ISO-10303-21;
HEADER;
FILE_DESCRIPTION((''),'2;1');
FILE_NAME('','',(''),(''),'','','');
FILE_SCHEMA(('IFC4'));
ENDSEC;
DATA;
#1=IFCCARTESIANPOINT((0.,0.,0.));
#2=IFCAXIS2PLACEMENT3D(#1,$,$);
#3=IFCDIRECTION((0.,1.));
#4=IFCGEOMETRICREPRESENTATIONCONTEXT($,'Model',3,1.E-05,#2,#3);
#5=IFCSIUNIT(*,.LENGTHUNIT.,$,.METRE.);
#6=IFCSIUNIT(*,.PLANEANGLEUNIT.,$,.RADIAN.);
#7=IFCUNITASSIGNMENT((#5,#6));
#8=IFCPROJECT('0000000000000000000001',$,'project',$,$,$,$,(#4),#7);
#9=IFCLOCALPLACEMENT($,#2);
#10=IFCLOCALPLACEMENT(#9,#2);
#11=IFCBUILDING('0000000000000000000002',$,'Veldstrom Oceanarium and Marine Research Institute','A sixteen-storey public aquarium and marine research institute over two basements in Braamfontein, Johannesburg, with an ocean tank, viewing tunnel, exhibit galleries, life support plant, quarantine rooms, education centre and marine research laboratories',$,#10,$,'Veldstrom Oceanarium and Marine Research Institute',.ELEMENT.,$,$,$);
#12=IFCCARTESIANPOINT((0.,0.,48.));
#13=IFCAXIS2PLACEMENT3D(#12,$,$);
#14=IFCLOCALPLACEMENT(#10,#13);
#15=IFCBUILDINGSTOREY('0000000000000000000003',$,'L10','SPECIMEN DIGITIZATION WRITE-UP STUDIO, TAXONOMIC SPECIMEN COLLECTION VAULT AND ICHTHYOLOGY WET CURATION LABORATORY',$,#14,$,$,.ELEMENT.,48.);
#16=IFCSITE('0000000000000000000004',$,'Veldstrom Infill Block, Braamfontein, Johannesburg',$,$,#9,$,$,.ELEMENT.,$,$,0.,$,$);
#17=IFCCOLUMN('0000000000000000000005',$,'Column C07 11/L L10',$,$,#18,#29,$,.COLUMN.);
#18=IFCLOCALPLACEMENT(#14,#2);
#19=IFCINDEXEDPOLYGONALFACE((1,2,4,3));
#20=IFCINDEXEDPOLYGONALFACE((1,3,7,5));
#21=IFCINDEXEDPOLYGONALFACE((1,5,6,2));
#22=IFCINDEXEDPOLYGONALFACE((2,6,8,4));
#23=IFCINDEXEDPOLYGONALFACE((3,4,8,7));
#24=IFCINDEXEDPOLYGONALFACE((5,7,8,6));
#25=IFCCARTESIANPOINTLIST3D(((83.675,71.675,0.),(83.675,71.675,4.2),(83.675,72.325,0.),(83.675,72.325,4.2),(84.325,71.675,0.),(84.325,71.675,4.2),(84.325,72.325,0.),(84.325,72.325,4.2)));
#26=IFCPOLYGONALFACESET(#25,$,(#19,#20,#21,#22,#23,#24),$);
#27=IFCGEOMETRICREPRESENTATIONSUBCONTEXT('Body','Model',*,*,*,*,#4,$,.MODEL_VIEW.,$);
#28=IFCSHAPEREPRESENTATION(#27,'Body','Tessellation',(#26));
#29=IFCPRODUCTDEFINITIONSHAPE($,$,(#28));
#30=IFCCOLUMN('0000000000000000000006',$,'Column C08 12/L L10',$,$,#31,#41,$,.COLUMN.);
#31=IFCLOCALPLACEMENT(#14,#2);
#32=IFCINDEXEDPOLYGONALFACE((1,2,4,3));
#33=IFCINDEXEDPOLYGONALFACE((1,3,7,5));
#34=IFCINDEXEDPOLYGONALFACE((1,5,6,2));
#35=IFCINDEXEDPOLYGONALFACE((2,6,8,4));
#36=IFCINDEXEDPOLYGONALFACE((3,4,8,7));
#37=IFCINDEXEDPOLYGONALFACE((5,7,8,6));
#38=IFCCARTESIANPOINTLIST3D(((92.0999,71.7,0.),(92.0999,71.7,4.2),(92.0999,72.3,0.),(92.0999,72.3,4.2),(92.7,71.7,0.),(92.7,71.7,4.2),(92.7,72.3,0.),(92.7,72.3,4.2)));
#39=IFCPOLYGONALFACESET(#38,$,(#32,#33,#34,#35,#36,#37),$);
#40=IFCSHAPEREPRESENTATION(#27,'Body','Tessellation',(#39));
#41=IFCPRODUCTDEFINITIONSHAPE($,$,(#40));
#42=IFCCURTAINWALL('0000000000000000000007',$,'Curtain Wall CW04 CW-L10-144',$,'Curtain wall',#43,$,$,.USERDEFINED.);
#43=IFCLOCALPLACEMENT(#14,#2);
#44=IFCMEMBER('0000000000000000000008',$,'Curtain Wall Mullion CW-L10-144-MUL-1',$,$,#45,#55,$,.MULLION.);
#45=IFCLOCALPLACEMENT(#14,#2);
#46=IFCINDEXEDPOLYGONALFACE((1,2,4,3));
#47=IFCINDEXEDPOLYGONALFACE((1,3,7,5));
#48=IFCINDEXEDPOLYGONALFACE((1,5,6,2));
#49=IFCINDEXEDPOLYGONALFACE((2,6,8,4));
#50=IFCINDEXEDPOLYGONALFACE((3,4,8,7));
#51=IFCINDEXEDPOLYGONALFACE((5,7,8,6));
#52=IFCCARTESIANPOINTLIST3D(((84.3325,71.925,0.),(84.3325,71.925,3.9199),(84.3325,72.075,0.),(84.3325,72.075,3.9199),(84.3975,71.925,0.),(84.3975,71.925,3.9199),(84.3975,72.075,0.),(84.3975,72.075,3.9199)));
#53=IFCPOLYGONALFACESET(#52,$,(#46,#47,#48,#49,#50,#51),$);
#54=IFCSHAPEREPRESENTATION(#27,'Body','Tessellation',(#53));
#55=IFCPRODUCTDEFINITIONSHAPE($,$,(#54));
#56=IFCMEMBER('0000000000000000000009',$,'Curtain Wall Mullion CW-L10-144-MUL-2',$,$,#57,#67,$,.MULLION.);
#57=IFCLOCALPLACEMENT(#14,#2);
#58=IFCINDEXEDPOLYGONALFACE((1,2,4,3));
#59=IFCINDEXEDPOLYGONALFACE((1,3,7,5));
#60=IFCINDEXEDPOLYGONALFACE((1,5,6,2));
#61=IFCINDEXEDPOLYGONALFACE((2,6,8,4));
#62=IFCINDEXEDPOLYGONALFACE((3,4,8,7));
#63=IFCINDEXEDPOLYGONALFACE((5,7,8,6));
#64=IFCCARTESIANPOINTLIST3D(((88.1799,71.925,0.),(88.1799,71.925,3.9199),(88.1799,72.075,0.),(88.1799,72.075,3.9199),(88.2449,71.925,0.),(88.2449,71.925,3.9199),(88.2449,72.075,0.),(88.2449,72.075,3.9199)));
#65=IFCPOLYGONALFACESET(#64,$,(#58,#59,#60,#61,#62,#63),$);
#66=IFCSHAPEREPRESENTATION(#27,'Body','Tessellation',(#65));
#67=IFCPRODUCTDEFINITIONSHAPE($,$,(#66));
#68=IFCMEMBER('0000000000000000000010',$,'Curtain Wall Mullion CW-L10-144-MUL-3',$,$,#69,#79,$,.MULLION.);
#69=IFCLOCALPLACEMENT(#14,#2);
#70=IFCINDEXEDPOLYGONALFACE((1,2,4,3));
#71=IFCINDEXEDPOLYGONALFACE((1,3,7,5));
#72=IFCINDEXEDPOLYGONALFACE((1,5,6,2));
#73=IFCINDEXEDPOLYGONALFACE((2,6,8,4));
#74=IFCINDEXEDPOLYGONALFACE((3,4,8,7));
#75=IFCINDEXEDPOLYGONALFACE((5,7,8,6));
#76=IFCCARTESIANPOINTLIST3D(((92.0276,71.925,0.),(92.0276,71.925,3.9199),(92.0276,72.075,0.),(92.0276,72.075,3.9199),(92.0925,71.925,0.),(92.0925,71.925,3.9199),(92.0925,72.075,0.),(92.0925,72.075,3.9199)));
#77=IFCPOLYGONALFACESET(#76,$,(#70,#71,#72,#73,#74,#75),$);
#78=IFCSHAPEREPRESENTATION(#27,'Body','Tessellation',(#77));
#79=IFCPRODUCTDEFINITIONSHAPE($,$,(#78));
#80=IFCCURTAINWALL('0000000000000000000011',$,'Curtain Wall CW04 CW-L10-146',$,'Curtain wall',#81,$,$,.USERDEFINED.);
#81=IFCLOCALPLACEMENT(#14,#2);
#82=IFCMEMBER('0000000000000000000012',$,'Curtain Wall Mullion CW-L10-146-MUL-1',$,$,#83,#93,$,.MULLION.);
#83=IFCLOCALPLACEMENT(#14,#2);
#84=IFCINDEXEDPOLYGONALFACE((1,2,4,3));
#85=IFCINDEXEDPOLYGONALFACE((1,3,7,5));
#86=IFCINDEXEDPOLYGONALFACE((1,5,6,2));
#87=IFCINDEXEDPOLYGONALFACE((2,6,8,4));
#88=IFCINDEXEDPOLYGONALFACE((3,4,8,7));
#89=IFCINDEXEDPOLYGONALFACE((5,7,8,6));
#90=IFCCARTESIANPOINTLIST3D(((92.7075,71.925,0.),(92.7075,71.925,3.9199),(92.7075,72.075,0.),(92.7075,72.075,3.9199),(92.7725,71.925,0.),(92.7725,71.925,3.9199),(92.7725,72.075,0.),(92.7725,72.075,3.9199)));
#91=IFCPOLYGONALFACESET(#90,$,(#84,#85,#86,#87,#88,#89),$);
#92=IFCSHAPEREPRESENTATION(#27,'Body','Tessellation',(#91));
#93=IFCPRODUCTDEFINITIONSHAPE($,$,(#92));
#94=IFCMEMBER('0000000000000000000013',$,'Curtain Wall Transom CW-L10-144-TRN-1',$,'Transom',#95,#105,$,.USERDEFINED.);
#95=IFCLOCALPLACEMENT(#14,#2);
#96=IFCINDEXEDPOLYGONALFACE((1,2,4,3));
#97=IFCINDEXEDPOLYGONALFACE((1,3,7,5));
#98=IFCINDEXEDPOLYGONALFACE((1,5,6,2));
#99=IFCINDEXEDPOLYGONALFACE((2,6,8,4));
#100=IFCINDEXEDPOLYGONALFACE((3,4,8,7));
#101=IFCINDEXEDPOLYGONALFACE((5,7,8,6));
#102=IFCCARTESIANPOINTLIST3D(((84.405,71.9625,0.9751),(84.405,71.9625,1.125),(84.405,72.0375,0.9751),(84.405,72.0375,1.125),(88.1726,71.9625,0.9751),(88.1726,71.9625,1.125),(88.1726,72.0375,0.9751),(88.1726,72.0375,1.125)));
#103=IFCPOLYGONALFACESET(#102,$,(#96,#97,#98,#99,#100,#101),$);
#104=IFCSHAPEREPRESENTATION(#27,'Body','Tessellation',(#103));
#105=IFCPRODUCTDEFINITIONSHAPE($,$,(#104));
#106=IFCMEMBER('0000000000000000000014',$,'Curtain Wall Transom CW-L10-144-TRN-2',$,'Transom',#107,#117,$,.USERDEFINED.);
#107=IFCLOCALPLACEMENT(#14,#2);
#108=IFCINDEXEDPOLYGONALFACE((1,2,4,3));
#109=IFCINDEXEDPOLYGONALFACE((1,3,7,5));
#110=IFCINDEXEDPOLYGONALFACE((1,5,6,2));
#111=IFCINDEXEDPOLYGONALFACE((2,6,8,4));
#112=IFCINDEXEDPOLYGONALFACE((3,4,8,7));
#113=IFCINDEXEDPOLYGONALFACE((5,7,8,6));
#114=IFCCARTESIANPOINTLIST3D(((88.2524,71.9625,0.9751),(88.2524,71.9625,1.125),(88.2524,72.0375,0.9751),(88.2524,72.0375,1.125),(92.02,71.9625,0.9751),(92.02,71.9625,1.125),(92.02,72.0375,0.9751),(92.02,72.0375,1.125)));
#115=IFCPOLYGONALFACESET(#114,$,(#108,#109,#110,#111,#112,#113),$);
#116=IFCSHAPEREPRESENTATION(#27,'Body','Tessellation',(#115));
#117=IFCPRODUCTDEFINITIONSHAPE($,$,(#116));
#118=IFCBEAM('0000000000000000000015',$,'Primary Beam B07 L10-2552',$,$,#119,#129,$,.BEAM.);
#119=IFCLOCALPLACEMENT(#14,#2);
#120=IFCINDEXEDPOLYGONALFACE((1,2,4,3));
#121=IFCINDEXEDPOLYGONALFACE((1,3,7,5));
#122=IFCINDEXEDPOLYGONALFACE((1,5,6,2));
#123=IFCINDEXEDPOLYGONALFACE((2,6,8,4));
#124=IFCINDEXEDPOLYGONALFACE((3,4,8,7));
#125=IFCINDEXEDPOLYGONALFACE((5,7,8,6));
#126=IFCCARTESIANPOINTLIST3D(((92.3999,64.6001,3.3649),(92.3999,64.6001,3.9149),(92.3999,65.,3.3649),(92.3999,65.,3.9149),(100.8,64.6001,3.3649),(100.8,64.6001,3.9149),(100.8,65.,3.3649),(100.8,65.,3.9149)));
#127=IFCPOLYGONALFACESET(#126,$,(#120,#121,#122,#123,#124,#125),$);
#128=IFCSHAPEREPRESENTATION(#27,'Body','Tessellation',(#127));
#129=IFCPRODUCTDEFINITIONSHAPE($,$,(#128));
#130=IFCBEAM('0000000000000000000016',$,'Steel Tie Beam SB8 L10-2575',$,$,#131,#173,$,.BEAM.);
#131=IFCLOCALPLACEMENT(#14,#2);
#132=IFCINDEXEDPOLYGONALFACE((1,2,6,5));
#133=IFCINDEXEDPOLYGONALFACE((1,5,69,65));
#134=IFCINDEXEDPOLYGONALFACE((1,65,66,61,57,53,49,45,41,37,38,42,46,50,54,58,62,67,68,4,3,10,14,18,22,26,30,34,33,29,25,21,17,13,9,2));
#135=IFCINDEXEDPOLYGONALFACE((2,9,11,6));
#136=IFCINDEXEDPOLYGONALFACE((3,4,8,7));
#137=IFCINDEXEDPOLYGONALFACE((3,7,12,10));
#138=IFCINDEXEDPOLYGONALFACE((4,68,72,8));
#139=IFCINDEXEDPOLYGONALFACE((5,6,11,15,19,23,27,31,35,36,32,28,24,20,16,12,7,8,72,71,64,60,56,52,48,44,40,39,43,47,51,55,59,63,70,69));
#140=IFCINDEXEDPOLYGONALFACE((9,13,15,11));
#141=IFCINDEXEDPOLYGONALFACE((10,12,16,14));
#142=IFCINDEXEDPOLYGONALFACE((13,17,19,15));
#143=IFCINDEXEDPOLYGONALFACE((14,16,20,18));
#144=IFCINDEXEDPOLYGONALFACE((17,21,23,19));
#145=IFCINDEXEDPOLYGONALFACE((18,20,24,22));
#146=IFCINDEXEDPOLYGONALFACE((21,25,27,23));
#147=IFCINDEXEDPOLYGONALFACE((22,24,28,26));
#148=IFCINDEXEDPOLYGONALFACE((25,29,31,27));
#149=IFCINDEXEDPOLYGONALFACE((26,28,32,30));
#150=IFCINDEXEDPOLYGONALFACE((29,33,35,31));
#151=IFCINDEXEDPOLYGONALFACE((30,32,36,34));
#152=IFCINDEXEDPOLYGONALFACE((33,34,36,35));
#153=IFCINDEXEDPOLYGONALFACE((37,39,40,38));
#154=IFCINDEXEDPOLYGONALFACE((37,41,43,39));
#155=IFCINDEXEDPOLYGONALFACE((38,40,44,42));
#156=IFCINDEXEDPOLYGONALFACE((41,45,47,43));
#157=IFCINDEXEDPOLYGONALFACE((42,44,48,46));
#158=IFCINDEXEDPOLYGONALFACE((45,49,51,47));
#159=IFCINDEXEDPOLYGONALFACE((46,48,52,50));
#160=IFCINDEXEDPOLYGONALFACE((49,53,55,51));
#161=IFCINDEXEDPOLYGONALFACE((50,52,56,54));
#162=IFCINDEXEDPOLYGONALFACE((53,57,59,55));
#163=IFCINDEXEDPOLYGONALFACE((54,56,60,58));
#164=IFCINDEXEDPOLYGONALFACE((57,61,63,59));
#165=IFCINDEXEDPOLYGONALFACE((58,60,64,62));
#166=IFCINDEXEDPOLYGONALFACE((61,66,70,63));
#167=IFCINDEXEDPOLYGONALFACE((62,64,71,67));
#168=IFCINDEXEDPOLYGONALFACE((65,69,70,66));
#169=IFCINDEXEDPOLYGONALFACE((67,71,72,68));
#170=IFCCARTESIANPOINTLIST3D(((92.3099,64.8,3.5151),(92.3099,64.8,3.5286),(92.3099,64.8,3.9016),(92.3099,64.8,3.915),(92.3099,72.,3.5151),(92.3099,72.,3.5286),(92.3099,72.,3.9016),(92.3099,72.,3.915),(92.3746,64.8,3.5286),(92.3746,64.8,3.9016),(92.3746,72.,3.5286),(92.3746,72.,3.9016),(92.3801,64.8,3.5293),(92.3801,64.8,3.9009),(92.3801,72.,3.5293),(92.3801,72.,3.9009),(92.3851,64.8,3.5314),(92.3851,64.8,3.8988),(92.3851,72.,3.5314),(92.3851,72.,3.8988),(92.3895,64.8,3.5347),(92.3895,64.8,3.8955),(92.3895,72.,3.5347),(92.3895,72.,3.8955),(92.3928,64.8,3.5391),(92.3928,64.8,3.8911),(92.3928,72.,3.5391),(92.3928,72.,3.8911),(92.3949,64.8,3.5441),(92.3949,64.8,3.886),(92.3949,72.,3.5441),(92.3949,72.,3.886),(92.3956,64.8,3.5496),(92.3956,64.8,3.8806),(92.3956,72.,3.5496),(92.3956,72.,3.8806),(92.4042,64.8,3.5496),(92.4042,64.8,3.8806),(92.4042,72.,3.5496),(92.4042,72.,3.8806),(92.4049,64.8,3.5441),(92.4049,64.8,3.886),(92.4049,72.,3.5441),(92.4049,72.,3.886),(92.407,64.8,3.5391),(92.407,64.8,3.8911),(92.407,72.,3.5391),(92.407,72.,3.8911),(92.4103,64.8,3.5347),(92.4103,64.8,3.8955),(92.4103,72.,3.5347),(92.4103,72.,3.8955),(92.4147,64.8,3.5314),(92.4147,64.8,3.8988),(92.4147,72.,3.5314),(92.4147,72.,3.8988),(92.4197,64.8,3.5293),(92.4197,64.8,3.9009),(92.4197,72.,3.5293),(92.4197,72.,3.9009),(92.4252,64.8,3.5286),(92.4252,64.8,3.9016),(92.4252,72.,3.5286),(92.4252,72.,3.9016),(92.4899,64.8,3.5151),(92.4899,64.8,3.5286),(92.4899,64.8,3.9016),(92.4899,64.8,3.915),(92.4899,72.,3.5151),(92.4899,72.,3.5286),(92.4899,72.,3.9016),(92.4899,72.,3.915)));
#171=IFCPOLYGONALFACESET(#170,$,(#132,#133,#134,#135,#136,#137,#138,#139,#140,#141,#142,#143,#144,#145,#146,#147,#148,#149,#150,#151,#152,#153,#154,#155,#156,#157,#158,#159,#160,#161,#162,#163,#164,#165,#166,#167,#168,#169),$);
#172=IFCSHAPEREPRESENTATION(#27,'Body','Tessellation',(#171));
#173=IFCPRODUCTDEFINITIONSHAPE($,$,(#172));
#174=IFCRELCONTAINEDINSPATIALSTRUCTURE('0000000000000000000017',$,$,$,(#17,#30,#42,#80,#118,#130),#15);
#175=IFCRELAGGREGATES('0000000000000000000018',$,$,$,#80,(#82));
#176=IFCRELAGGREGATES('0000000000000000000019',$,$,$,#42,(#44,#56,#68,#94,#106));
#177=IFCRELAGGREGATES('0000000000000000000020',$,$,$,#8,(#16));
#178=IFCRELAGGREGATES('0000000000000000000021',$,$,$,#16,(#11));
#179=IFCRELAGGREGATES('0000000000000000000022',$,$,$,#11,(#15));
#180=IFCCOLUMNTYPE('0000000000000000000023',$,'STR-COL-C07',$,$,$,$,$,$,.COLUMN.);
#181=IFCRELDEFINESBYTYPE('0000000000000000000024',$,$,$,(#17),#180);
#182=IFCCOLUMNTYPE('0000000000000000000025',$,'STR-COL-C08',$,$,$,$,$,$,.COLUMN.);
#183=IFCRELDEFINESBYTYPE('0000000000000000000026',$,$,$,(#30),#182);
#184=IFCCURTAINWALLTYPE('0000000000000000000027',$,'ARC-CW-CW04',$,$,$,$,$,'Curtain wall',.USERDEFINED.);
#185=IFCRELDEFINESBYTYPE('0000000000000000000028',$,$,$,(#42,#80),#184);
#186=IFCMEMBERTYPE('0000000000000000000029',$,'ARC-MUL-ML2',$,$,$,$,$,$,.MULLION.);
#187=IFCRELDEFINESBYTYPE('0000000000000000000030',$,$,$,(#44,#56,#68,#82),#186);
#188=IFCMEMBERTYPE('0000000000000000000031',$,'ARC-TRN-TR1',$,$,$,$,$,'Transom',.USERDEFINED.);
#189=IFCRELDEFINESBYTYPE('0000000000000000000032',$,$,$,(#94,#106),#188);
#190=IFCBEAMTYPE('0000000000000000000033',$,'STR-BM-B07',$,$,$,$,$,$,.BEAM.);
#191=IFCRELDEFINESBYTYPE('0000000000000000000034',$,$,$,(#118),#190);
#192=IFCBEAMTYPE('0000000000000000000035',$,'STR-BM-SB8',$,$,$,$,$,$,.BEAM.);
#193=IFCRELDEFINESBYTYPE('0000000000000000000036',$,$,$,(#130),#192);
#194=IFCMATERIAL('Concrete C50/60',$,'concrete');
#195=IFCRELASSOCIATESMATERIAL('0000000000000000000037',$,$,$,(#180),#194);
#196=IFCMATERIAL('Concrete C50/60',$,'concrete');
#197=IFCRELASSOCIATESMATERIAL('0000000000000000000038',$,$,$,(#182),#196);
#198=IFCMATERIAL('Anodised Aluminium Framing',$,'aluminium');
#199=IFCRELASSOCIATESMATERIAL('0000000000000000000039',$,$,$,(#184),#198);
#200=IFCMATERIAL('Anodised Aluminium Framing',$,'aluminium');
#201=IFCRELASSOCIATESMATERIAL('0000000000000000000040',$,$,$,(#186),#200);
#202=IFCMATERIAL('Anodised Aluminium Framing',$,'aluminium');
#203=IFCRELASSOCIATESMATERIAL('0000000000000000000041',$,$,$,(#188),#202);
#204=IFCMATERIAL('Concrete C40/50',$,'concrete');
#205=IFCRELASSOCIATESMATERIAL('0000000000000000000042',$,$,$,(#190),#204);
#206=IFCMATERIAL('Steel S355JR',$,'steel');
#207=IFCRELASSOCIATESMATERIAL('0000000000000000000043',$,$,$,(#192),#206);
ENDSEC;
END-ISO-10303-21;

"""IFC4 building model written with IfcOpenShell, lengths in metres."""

from ifc_helpers import new_model, si_unit, direction, frame, origin, origin_2d, place, context, subcontext, project, spatial, rectangle, i_section, extrude, material, material_profile, profile_set, type_object, element, aggregate, save


model = new_model("IFC4")

# Units and contexts
model_context = context("Model", 3, precision=1e-05, world=origin(), true_north=direction((0.0, 1.0)))
body_context = subcontext(model_context, "Body", "Model", "MODEL_VIEW")
ifc_project = project(units=[si_unit("LENGTHUNIT", "METRE"), si_unit("PLANEANGLEUNIT", "RADIAN")], contexts=[model_context])

# Site, building, storey
site_placement = place(None, origin())
site = spatial("IfcSite", under=ifc_project, at=site_placement, Name="Veldstrom Infill Block, Braamfontein, Johannesburg", CompositionType="ELEMENT", RefElevation=0.0)
building_placement = place(site_placement, origin())
building = spatial("IfcBuilding", under=site, at=building_placement, Name="Veldstrom Oceanarium and Marine Research Institute", Description="A sixteen-storey public aquarium and marine research institute over two basements in Braamfontein, Johannesburg, with an ocean tank, viewing tunnel, exhibit galleries, life support plant, quarantine rooms, education centre and marine research laboratories", LongName="Veldstrom Oceanarium and Marine Research Institute", CompositionType="ELEMENT")
storey_placement = place(building_placement, frame((0.0, 0.0, 48.0)))
storey = spatial("IfcBuildingStorey", under=building, at=storey_placement, Name="L10", Description="SPECIMEN DIGITIZATION WRITE-UP STUDIO, TAXONOMIC SPECIMEN COLLECTION VAULT AND ICHTHYOLOGY WET CURATION LABORATORY", CompositionType="ELEMENT", Elevation=48.0)

# Columns
ifc_material_1 = material(Name="Concrete C50/60", Category="concrete")
ifc_material_profile_1 = material_profile(ifc_material_1, rectangle(XDim=0.6499, YDim=0.6499, at=origin_2d()), Name="RC-COL-650x650")
ifc_profile_set_1 = profile_set([ifc_material_profile_1], Name="Concrete C50/60")
column_type_1 = type_object("IfcColumnType", Name="STR-COL-C07", PredefinedType="COLUMN", material=ifc_profile_set_1)
column_1_placement = place(storey_placement, frame((84.0, 72.0, 0.0), z_axis=(0.0, 0.0, 1.0), x_axis=(1.0, 0.0, 0.0)))
element("IfcColumn", 1, at=column_1_placement, inside=storey, type_object=column_type_1, Name="Column C07 11/L L10", PredefinedType="COLUMN", context=body_context, shape_type="SweptSolid", body=[
    extrude(rectangle(XDim=0.6499, YDim=0.6499, at=origin_2d()), origin(), (0.0, 0.0, 1.0), 4.2),
])
ifc_material_2 = material(Name="Concrete C50/60", Category="concrete")
ifc_material_profile_2 = material_profile(ifc_material_2, rectangle(XDim=0.6001, YDim=0.6001, at=origin_2d()), Name="RC-COL-600x600")
ifc_profile_set_2 = profile_set([ifc_material_profile_2], Name="Concrete C50/60")
column_type_2 = type_object("IfcColumnType", Name="STR-COL-C08", PredefinedType="COLUMN", material=ifc_profile_set_2)
column_2_placement = place(storey_placement, frame((92.3999, 72.0, 0.0), z_axis=(0.0, 0.0, 1.0), x_axis=(1.0, 0.0, 0.0)))
element("IfcColumn", 2, at=column_2_placement, inside=storey, type_object=column_type_2, Name="Column C08 12/L L10", PredefinedType="COLUMN", context=body_context, shape_type="SweptSolid", body=[
    extrude(rectangle(XDim=0.6001, YDim=0.6001, at=origin_2d()), origin(), (0.0, 0.0, 1.0), 4.2),
])

# Curtain wall, members
ifc_material_3 = material(Name="Anodised Aluminium Framing", Category="aluminium")
curtain_wall_type = type_object("IfcCurtainWallType", Name="ARC-CW-CW04", ElementType="Curtain wall", PredefinedType="USERDEFINED", material=ifc_material_3)
curtain_wall_1_placement = place(storey_placement, origin())
curtain_wall_1 = element("IfcCurtainWall", 3, at=curtain_wall_1_placement, inside=storey, type_object=curtain_wall_type, Name="Curtain Wall CW04 CW-L10-144", ObjectType="Curtain wall", PredefinedType="USERDEFINED")
ifc_material_4 = material(Name="Anodised Aluminium Framing", Category="aluminium")
ifc_material_profile_3 = material_profile(ifc_material_4, rectangle(XDim=0.0649, YDim=0.1499, at=origin_2d()), Name="ALU-MUL-65x150")
ifc_profile_set_3 = profile_set([ifc_material_profile_3], Name="Anodised Aluminium Framing")
member_type_1 = type_object("IfcMemberType", Name="ARC-MUL-ML2", PredefinedType="MULLION", material=ifc_profile_set_3)
member_1_placement = place(storey_placement, frame((84.365, 72.0, 0.0), z_axis=(0.0, 0.0, 1.0), x_axis=(1.0, 0.0, 0.0)))
member_1 = element("IfcMember", 4, at=member_1_placement, type_object=member_type_1, Name="Curtain Wall Mullion CW-L10-144-MUL-1", PredefinedType="MULLION", context=body_context, shape_type="SweptSolid", body=[
    extrude(rectangle(XDim=0.0649, YDim=0.1499, at=origin_2d()), origin(), (0.0, 0.0, 1.0), 3.9199),
])
member_2_placement = place(storey_placement, frame((88.2124, 72.0, 0.0), z_axis=(0.0, 0.0, 1.0), x_axis=(1.0, 0.0, 0.0)))
member_2 = element("IfcMember", 5, at=member_2_placement, type_object=member_type_1, Name="Curtain Wall Mullion CW-L10-144-MUL-2", PredefinedType="MULLION", context=body_context, shape_type="SweptSolid", body=[
    extrude(rectangle(XDim=0.0649, YDim=0.1499, at=origin_2d()), origin(), (0.0, 0.0, 1.0), 3.9199),
])
member_3_placement = place(storey_placement, frame((92.0601, 72.0, 0.0), z_axis=(0.0, 0.0, 1.0), x_axis=(1.0, 0.0, 0.0)))
member_3 = element("IfcMember", 6, at=member_3_placement, type_object=member_type_1, Name="Curtain Wall Mullion CW-L10-144-MUL-3", PredefinedType="MULLION", context=body_context, shape_type="SweptSolid", body=[
    extrude(rectangle(XDim=0.0649, YDim=0.1499, at=origin_2d()), origin(), (0.0, 0.0, 1.0), 3.9199),
])

# Curtain wall, member
curtain_wall_2_placement = place(storey_placement, origin())
curtain_wall_2 = element("IfcCurtainWall", 7, at=curtain_wall_2_placement, inside=storey, type_object=curtain_wall_type, Name="Curtain Wall CW04 CW-L10-146", ObjectType="Curtain wall", PredefinedType="USERDEFINED")
member_4_placement = place(storey_placement, frame((92.74, 72.0, 0.0), z_axis=(0.0, 0.0, 1.0), x_axis=(1.0, 0.0, 0.0)))
member_4 = element("IfcMember", 8, at=member_4_placement, type_object=member_type_1, Name="Curtain Wall Mullion CW-L10-146-MUL-1", PredefinedType="MULLION", context=body_context, shape_type="SweptSolid", body=[
    extrude(rectangle(XDim=0.0649, YDim=0.1499, at=origin_2d()), origin(), (0.0, 0.0, 1.0), 3.9199),
])
aggregate(curtain_wall_2, [member_4])

# Members
ifc_material_5 = material(Name="Anodised Aluminium Framing", Category="aluminium")
ifc_material_profile_4 = material_profile(ifc_material_5, rectangle(XDim=0.075, YDim=0.1499, at=origin_2d()), Name="ALU-TRN-75x150")
ifc_profile_set_4 = profile_set([ifc_material_profile_4], Name="Anodised Aluminium Framing")
member_type_2 = type_object("IfcMemberType", Name="ARC-TRN-TR1", ElementType="Transom", PredefinedType="USERDEFINED", material=ifc_profile_set_4)
member_5_placement = place(storey_placement, frame((84.405, 72.0, 1.05), z_axis=(1.0, 0.0, 0.0), x_axis=(0.0, 1.0, 0.0)))
member_5 = element("IfcMember", 9, at=member_5_placement, type_object=member_type_2, Name="Curtain Wall Transom CW-L10-144-TRN-1", ObjectType="Transom", PredefinedType="USERDEFINED", context=body_context, shape_type="SweptSolid", body=[
    extrude(rectangle(XDim=0.075, YDim=0.1499, at=origin_2d()), origin(), (0.0, 0.0, 1.0), 3.7676),
])
member_6_placement = place(storey_placement, frame((88.2524, 72.0, 1.05), z_axis=(1.0, 0.0, 0.0), x_axis=(0.0, 1.0, 0.0)))
member_6 = element("IfcMember", 10, at=member_6_placement, type_object=member_type_2, Name="Curtain Wall Transom CW-L10-144-TRN-2", ObjectType="Transom", PredefinedType="USERDEFINED", context=body_context, shape_type="SweptSolid", body=[
    extrude(rectangle(XDim=0.075, YDim=0.1499, at=origin_2d()), origin(), (0.0, 0.0, 1.0), 3.7676),
])

# Beams
ifc_material_6 = material(Name="Concrete C40/50", Category="concrete")
ifc_material_profile_5 = material_profile(ifc_material_6, rectangle(XDim=0.3999, YDim=0.55, at=origin_2d()), Name="RC-BM-400x550")
ifc_profile_set_5 = profile_set([ifc_material_profile_5], Name="Concrete C40/50")
beam_type_1 = type_object("IfcBeamType", Name="STR-BM-B07", PredefinedType="BEAM", material=ifc_profile_set_5)
beam_1_placement = place(storey_placement, frame((92.3999, 64.8, 3.6399), z_axis=(1.0, 0.0, 0.0), x_axis=(0.0, 1.0, 0.0)))
element("IfcBeam", 11, at=beam_1_placement, inside=storey, type_object=beam_type_1, Name="Primary Beam B07 L10-2552", PredefinedType="BEAM", context=body_context, shape_type="SweptSolid", body=[
    extrude(rectangle(XDim=0.3999, YDim=0.55, at=origin_2d()), origin(), (0.0, 0.0, 1.0), 8.4001),
])
ifc_material_7 = material(Name="Steel S355JR", Category="steel")
ifc_material_profile_6 = material_profile(ifc_material_7, i_section(OverallWidth=0.1799, OverallDepth=0.3999, WebThickness=0.0085, FlangeThickness=0.0134, FilletRadius=0.021, at=origin_2d()), Name="IPE 400")
ifc_profile_set_6 = profile_set([ifc_material_profile_6], Name="Steel S355JR")
beam_type_2 = type_object("IfcBeamType", Name="STR-BM-SB8", PredefinedType="BEAM", material=ifc_profile_set_6)
beam_2_placement = place(storey_placement, frame((92.3999, 64.8, 3.7151), z_axis=(0.0, 1.0, 0.0), x_axis=(-1.0, 0.0, 0.0)))
element("IfcBeam", 12, at=beam_2_placement, inside=storey, type_object=beam_type_2, Name="Steel Tie Beam SB8 L10-2575", PredefinedType="BEAM", context=body_context, shape_type="SweptSolid", body=[
    extrude(i_section(OverallWidth=0.1799, OverallDepth=0.3999, WebThickness=0.0085, FlangeThickness=0.0134, FilletRadius=0.021, at=origin_2d()), origin(), (0.0, 0.0, 1.0), 7.2),
])

aggregate(curtain_wall_1, [member_1, member_2, member_3, member_5, member_6])

save(model, "model.ifc")
